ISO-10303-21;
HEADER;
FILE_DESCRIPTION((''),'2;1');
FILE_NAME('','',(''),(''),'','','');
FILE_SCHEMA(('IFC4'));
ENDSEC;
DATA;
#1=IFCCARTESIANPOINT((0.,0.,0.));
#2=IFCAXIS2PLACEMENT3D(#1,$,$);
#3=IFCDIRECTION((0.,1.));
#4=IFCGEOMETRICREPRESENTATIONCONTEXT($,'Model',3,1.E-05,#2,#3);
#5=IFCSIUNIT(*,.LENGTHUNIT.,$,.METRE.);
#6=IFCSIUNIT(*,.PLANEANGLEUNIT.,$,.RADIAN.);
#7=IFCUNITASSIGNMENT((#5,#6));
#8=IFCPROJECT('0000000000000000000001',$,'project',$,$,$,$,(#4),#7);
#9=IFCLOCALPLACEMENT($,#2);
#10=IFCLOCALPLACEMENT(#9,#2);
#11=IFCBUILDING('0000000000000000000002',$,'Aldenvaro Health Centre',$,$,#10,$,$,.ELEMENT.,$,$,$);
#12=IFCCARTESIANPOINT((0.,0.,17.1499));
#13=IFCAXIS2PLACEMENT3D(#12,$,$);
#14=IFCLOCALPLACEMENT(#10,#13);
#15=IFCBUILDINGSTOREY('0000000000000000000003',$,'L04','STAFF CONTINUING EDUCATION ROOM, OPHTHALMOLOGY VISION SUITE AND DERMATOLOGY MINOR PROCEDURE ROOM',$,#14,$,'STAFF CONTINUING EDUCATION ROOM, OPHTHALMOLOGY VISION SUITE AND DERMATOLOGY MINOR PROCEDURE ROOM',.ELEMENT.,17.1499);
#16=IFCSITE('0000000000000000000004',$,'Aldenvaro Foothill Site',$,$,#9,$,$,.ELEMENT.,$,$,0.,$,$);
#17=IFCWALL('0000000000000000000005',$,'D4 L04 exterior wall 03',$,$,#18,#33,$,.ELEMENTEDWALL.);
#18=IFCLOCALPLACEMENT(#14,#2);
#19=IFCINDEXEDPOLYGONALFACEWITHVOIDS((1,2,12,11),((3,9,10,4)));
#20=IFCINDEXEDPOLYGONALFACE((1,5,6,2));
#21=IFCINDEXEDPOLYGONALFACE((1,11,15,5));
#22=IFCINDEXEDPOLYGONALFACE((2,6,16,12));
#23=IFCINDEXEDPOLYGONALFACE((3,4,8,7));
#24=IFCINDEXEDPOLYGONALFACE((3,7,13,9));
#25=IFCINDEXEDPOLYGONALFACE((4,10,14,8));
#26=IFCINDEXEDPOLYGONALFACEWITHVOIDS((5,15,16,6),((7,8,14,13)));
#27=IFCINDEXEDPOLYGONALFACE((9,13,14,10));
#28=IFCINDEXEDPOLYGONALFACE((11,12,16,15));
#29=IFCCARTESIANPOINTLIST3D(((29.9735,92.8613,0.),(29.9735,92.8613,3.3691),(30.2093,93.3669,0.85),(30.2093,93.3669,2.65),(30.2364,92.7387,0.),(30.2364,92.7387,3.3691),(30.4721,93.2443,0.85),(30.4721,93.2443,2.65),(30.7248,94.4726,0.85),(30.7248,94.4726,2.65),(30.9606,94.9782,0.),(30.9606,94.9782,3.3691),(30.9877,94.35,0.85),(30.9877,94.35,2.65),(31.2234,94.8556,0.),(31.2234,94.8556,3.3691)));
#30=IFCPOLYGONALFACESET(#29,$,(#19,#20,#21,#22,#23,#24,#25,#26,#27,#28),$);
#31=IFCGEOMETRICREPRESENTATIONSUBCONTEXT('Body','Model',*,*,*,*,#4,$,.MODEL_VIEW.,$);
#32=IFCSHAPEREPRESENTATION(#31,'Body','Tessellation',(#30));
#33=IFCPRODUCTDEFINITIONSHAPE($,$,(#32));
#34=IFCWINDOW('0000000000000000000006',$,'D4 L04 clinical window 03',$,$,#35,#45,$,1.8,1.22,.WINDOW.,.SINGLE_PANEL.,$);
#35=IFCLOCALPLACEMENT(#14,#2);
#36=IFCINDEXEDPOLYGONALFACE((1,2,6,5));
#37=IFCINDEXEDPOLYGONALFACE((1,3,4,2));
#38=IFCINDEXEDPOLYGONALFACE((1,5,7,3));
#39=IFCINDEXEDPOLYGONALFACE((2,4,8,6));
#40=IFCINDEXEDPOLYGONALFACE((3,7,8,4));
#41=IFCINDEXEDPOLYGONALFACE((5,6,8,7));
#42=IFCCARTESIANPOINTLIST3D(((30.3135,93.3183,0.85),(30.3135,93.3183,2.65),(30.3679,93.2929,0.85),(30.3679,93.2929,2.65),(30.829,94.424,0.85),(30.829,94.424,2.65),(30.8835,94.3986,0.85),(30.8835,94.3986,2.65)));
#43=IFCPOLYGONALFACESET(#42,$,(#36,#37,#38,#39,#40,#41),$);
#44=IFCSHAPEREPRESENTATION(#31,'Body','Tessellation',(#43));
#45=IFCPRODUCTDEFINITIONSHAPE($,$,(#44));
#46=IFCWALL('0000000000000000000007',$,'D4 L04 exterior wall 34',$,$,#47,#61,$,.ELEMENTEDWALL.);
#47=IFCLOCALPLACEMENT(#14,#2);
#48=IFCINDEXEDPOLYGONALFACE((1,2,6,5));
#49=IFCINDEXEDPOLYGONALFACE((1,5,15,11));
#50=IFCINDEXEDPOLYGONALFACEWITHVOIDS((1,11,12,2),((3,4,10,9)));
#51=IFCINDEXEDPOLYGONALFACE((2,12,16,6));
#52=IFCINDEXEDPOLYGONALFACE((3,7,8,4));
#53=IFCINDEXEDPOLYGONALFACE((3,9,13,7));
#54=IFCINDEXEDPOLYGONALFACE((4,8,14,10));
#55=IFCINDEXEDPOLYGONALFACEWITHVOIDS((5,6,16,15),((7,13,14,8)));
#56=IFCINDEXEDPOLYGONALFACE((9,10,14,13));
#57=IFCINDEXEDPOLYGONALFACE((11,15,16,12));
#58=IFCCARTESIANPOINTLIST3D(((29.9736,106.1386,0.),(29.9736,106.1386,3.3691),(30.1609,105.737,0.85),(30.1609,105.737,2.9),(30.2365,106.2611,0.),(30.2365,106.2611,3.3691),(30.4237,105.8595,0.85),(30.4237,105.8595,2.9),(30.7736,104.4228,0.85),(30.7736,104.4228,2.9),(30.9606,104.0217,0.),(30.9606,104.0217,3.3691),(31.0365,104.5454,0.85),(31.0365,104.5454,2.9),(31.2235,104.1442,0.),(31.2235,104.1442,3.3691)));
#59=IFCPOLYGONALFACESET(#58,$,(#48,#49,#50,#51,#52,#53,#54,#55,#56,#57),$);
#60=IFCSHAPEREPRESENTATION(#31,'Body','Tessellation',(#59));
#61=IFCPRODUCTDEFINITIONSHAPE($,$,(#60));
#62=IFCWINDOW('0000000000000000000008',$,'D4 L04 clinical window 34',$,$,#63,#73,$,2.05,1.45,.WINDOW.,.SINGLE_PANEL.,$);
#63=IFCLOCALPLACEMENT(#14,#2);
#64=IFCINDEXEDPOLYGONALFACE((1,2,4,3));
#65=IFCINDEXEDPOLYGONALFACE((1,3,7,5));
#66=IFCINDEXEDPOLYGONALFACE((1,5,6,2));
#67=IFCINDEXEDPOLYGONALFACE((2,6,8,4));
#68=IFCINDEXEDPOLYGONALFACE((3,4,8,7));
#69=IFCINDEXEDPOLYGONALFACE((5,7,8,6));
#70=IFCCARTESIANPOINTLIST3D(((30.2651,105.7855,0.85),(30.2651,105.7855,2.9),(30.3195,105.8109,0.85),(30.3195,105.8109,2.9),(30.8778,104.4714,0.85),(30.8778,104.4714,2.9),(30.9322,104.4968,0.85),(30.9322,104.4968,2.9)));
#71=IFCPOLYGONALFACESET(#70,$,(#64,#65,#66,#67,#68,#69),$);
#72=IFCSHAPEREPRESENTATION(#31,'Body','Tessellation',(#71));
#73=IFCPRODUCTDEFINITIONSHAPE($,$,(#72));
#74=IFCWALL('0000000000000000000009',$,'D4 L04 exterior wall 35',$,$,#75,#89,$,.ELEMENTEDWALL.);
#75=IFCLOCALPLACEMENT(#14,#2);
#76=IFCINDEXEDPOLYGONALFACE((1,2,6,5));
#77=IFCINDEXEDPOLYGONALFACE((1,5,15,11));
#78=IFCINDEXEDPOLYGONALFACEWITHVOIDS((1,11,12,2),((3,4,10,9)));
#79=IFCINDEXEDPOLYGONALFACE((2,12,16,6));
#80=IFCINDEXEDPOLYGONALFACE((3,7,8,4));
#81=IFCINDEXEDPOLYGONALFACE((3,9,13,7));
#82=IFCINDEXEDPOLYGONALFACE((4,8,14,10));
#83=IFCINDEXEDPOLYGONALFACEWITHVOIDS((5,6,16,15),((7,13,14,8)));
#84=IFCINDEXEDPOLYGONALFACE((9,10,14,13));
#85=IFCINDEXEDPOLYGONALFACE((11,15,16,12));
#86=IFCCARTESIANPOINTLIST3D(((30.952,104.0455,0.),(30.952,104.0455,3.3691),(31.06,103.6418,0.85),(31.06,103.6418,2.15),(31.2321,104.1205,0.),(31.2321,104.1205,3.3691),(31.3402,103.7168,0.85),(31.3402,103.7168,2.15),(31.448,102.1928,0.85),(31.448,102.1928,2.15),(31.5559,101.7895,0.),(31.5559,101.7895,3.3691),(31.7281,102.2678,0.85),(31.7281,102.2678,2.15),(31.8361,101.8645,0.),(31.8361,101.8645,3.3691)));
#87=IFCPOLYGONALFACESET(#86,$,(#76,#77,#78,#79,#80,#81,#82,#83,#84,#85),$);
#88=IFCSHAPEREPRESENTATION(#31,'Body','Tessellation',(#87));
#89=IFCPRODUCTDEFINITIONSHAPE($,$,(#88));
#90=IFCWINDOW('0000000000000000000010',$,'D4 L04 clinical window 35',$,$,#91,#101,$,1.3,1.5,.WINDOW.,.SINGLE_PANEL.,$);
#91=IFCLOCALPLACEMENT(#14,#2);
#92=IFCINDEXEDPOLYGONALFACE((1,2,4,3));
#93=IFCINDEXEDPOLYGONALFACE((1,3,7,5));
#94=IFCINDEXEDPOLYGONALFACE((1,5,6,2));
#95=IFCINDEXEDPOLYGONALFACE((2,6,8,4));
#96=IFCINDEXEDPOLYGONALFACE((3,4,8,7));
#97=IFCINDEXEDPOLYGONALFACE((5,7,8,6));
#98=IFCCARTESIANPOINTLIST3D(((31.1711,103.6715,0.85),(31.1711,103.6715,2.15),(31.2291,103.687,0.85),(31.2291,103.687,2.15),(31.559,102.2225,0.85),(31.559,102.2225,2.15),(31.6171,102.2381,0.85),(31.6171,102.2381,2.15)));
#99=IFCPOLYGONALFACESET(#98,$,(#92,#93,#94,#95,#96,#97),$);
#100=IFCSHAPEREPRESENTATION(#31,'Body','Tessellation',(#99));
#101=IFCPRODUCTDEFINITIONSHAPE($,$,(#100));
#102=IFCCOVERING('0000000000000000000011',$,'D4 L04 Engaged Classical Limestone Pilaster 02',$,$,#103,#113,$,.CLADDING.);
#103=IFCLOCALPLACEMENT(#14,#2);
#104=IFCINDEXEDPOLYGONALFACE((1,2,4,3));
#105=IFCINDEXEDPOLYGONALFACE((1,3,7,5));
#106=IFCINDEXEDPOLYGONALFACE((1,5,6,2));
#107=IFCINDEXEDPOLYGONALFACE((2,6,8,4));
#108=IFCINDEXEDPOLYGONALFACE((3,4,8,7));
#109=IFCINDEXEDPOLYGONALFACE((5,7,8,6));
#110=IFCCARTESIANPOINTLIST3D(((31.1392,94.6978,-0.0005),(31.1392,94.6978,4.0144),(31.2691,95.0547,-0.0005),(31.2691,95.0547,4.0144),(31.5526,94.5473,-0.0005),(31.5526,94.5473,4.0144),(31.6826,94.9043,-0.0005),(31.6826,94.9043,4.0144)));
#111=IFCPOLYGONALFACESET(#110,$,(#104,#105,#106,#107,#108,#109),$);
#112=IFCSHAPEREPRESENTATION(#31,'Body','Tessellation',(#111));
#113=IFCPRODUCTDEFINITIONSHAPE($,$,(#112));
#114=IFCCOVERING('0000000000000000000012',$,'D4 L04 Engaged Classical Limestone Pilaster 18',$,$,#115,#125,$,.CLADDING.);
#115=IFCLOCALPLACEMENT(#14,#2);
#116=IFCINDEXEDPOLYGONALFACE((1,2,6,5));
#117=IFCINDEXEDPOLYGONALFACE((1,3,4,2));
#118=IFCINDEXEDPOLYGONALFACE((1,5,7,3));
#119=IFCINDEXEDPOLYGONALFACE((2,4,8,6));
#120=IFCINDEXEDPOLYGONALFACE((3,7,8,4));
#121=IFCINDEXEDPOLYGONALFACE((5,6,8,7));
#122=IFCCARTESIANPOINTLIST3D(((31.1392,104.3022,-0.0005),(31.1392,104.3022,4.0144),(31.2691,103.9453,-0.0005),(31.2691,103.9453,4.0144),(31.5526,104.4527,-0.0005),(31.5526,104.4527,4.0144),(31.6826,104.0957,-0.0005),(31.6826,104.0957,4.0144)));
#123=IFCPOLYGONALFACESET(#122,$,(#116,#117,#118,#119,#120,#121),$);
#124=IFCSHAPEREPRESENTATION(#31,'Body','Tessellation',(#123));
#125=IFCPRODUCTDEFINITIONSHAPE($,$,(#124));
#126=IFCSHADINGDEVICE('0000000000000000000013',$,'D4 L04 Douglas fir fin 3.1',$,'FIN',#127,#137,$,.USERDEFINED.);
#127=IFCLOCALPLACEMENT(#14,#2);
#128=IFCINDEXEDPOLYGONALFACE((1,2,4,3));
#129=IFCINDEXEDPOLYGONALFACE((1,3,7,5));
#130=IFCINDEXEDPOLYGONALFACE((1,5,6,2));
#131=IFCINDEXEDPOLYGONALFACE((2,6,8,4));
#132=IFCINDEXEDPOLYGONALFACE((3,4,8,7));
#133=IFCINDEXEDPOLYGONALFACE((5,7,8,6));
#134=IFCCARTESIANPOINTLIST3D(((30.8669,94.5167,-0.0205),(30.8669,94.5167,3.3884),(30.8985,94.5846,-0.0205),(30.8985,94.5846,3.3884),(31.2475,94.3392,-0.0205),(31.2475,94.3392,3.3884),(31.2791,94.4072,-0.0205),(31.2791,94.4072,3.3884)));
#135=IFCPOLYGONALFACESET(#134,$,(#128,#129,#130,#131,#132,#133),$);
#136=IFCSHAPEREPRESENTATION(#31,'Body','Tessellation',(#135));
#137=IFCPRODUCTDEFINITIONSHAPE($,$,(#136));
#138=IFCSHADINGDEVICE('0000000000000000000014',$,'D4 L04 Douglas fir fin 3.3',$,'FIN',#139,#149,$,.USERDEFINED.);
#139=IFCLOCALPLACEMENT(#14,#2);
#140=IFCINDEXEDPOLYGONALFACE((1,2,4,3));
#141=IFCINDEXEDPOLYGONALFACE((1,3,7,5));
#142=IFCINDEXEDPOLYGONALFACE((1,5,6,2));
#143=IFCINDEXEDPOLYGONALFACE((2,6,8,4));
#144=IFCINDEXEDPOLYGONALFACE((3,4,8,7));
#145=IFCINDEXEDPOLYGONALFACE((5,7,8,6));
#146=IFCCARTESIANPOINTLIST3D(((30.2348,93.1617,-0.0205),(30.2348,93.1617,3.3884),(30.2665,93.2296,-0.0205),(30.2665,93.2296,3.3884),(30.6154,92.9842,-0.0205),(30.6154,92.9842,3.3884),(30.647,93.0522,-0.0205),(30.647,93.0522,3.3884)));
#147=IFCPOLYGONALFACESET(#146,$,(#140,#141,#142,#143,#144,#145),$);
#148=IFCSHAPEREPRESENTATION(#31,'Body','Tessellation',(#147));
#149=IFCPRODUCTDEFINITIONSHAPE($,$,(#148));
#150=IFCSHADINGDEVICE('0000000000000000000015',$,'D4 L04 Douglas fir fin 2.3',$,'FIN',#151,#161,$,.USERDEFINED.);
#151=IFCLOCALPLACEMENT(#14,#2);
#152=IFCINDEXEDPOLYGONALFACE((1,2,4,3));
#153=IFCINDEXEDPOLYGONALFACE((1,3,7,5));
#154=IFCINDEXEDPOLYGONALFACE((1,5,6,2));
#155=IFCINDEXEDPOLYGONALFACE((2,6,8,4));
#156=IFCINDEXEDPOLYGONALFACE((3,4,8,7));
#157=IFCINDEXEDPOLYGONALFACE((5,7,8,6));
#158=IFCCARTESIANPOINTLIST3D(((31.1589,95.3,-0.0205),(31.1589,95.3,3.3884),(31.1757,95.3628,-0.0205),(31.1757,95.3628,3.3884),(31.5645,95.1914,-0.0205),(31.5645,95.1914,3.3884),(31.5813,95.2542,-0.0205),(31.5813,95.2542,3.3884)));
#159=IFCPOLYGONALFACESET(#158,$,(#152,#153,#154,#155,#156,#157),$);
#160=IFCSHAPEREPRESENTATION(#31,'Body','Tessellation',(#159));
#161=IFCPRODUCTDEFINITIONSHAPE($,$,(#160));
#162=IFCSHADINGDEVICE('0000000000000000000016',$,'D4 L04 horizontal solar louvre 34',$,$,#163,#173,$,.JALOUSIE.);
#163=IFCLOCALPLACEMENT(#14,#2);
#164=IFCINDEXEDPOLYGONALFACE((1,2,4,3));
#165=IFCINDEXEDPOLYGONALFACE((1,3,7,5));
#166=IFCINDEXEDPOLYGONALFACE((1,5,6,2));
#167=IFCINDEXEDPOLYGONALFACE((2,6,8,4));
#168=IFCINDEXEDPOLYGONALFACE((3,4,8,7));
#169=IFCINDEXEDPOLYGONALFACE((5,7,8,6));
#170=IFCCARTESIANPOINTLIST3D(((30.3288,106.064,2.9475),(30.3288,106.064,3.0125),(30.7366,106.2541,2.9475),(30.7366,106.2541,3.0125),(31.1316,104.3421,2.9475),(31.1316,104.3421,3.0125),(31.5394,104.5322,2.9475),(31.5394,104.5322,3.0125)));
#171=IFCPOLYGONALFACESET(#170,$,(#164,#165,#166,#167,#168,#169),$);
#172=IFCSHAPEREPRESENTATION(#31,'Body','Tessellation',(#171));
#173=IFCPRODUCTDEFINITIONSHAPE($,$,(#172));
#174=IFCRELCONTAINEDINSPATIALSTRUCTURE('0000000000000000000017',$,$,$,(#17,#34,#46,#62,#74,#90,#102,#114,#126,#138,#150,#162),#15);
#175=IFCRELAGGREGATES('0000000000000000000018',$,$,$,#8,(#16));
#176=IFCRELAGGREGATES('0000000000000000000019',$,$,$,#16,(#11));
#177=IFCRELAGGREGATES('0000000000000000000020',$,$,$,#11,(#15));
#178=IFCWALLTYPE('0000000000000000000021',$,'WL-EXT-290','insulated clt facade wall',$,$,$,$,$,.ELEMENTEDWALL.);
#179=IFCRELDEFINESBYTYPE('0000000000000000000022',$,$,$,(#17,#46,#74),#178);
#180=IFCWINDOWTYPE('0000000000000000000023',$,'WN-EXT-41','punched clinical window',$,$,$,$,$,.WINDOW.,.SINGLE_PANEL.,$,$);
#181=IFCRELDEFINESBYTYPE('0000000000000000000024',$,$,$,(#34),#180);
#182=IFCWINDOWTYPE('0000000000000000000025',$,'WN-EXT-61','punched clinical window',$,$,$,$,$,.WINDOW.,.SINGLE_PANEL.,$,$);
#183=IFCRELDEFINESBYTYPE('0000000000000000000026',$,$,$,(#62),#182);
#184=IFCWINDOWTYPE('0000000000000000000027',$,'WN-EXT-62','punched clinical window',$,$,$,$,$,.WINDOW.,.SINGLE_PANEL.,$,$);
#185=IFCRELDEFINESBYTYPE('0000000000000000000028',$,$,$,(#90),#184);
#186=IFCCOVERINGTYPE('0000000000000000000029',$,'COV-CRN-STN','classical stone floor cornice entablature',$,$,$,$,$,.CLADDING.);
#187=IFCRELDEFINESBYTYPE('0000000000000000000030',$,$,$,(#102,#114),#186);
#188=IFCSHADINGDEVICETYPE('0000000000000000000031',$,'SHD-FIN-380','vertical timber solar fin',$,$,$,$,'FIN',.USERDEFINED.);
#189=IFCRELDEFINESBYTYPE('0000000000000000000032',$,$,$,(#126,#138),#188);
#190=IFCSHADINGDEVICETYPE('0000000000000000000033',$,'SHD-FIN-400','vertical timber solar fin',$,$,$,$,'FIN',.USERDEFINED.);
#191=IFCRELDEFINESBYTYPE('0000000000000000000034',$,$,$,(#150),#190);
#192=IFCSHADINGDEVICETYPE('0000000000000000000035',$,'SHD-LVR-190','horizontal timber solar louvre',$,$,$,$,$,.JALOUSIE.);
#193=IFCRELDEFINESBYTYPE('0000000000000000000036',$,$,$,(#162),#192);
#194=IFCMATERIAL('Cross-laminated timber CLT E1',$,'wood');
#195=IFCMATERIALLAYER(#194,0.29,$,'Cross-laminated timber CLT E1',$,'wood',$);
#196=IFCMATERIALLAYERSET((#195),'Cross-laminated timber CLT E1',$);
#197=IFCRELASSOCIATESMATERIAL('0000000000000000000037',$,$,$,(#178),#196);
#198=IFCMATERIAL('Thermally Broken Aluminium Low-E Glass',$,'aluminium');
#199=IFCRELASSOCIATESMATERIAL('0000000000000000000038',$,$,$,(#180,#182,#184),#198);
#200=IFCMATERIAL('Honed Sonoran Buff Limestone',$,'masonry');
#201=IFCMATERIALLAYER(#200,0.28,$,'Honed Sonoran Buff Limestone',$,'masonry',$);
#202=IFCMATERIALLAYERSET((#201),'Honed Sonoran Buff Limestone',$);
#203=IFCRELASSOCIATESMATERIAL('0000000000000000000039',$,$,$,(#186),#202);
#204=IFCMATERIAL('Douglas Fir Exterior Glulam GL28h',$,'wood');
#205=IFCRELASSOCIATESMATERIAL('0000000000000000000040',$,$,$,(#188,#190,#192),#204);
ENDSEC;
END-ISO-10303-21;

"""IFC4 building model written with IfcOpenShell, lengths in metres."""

from ifc_helpers import new_model, si_unit, direction, frame, frame_2d, origin, origin_2d, place, context, subcontext, project, spatial, rectangle, extrude, material, layer, layer_set, type_object, element, fill, save


model = new_model("IFC4")

# Units and contexts
model_context = context("Model", 3, precision=1e-05, world=origin(), true_north=direction((0.0, 1.0)))
body_context = subcontext(model_context, "Body", "Model", "MODEL_VIEW")
ifc_project = project(units=[si_unit("LENGTHUNIT", "METRE"), si_unit("PLANEANGLEUNIT", "RADIAN")], contexts=[model_context])

# Site, building, storey
site_placement = place(None, origin())
site = spatial("IfcSite", under=ifc_project, at=site_placement, Name="Aldenvaro Foothill Site", CompositionType="ELEMENT", RefElevation=0.0)
building_placement = place(site_placement, origin())
building = spatial("IfcBuilding", under=site, at=building_placement, Name="Aldenvaro Health Centre", CompositionType="ELEMENT")
storey_placement = place(building_placement, frame((0.0, 0.0, 17.1499)))
storey = spatial("IfcBuildingStorey", under=building, at=storey_placement, Name="L04", Description="STAFF CONTINUING EDUCATION ROOM, OPHTHALMOLOGY VISION SUITE AND DERMATOLOGY MINOR PROCEDURE ROOM", LongName="STAFF CONTINUING EDUCATION ROOM, OPHTHALMOLOGY VISION SUITE AND DERMATOLOGY MINOR PROCEDURE ROOM", CompositionType="ELEMENT", Elevation=17.1499)

# Walls, openings, windows
ifc_material_1 = material(Name="Cross-laminated timber CLT E1", Category="wood")
ifc_layer_1 = layer(ifc_material_1, 0.29, Name="Cross-laminated timber CLT E1", Category="wood")
ifc_layer_set_1 = layer_set([ifc_layer_1], Name="Cross-laminated timber CLT E1")
wall_type = type_object("IfcWallType", Name="WL-EXT-290", Description="insulated clt facade wall", PredefinedType="ELEMENTEDWALL", material=ifc_layer_set_1)
ifc_material_2 = material(Name="Thermally Broken Aluminium Low-E Glass", Category="aluminium")
wall_1_placement = place(storey_placement, frame((31.092, 94.917, 0.0), z_axis=(0.0, 0.0, 1.0), x_axis=(-0.422588, -0.906322, 0.0)))
wall_1 = element("IfcWall", 1, at=wall_1_placement, inside=storey, type_object=wall_type, Name="D4 L04 exterior wall 03", PredefinedType="ELEMENTEDWALL", context=body_context, shape_type="SweptSolid", body=[
    extrude(rectangle(XDim=2.3357, YDim=0.29, at=frame_2d((1.168, 0.0))), origin(), (0.0, 0.0, 1.0), 3.3691),
])
opening_1_placement = place(wall_1_placement, frame((0.5581, 0.0, 0.8501)))
opening_1 = element("IfcOpeningElement", 2, at=opening_1_placement, cuts=wall_1, PredefinedType="OPENING", context=body_context, shape_type="SweptSolid", body=[
    extrude(rectangle(XDim=1.22, YDim=1.8, at=frame_2d((0.6099, 0.8999))), frame((0.0, 0.155, 0.0), z_axis=(0.0, -1.0, 0.0), x_axis=(1.0, 0.0, 0.0)), (0.0, 0.0, 1.0), 0.3101),
])
window_type_1 = type_object("IfcWindowType", Name="WN-EXT-41", Description="punched clinical window", PartitioningType="SINGLE_PANEL", PredefinedType="WINDOW", material=ifc_material_2)
window_1_placement = place(opening_1_placement, origin())
window_1 = element("IfcWindow", 3, at=window_1_placement, inside=storey, type_object=window_type_1, Name="D4 L04 clinical window 03", OverallHeight=1.8, OverallWidth=1.22, PartitioningType="SINGLE_PANEL", PredefinedType="WINDOW", context=body_context, shape_type="SweptSolid", body=[
    extrude(rectangle(XDim=1.22, YDim=1.8, at=frame_2d((0.6099, 0.8999))), frame((0.0, 0.03, 0.0), z_axis=(0.0, -1.0, 0.0), x_axis=(1.0, 0.0, 0.0)), (0.0, 0.0, 1.0), 0.0601),
])
fill(opening_1, window_1)
wall_2_placement = place(storey_placement, frame((30.105, 106.2, 0.0), z_axis=(0.0, 0.0, 1.0), x_axis=(0.422588, -0.906322, 0.0)))
wall_2 = element("IfcWall", 4, at=wall_2_placement, inside=storey, type_object=wall_type, Name="D4 L04 exterior wall 34", PredefinedType="ELEMENTEDWALL", context=body_context, shape_type="SweptSolid", body=[
    extrude(rectangle(XDim=2.3357, YDim=0.29, at=frame_2d((1.168, 0.0))), origin(), (0.0, 0.0, 1.0), 3.3691),
])
opening_2_placement = place(wall_2_placement, frame((0.4431, 0.0, 0.8501)))
opening_2 = element("IfcOpeningElement", 5, at=opening_2_placement, cuts=wall_2, PredefinedType="OPENING", context=body_context, shape_type="SweptSolid", body=[
    extrude(rectangle(XDim=1.45, YDim=2.05, at=frame_2d((0.7251, 1.0249))), frame((0.0, 0.155, 0.0), z_axis=(0.0, -1.0, 0.0), x_axis=(1.0, 0.0, 0.0)), (0.0, 0.0, 1.0), 0.3101),
])
window_type_2 = type_object("IfcWindowType", Name="WN-EXT-61", Description="punched clinical window", PartitioningType="SINGLE_PANEL", PredefinedType="WINDOW", material=ifc_material_2)
window_2_placement = place(opening_2_placement, origin())
window_2 = element("IfcWindow", 6, at=window_2_placement, inside=storey, type_object=window_type_2, Name="D4 L04 clinical window 34", OverallHeight=2.05, OverallWidth=1.45, PartitioningType="SINGLE_PANEL", PredefinedType="WINDOW", context=body_context, shape_type="SweptSolid", body=[
    extrude(rectangle(XDim=1.45, YDim=2.05, at=frame_2d((0.7251, 1.0249))), frame((0.0, 0.03, 0.0), z_axis=(0.0, -1.0, 0.0), x_axis=(1.0, 0.0, 0.0)), (0.0, 0.0, 1.0), 0.0601),
])
fill(opening_2, window_2)
wall_3_placement = place(storey_placement, frame((31.092, 104.083, 0.0), z_axis=(0.0, 0.0, 1.0), x_axis=(0.258612, -0.965981, 0.0)))
wall_3 = element("IfcWall", 7, at=wall_3_placement, inside=storey, type_object=wall_type, Name="D4 L04 exterior wall 35", PredefinedType="ELEMENTEDWALL", context=body_context, shape_type="SweptSolid", body=[
    extrude(rectangle(XDim=2.3354, YDim=0.29, at=frame_2d((1.1677, 0.0))), origin(), (0.0, 0.0, 1.0), 3.3691),
])
opening_3_placement = place(wall_3_placement, frame((0.418, 0.0, 0.8501)))
opening_3 = element("IfcOpeningElement", 8, at=opening_3_placement, cuts=wall_3, PredefinedType="OPENING", context=body_context, shape_type="SweptSolid", body=[
    extrude(rectangle(XDim=1.5, YDim=1.3, at=frame_2d((0.75, 0.6499))), frame((0.0, 0.155, 0.0), z_axis=(0.0, -1.0, 0.0), x_axis=(1.0, 0.0, 0.0)), (0.0, 0.0, 1.0), 0.3101),
])
window_type_3 = type_object("IfcWindowType", Name="WN-EXT-62", Description="punched clinical window", PartitioningType="SINGLE_PANEL", PredefinedType="WINDOW", material=ifc_material_2)
window_3_placement = place(opening_3_placement, origin())
window_3 = element("IfcWindow", 9, at=window_3_placement, inside=storey, type_object=window_type_3, Name="D4 L04 clinical window 35", OverallHeight=1.3, OverallWidth=1.5, PartitioningType="SINGLE_PANEL", PredefinedType="WINDOW", context=body_context, shape_type="SweptSolid", body=[
    extrude(rectangle(XDim=1.5, YDim=1.3, at=frame_2d((0.75, 0.6499))), frame((0.0, 0.03, 0.0), z_axis=(0.0, -1.0, 0.0), x_axis=(1.0, 0.0, 0.0)), (0.0, 0.0, 1.0), 0.0601),
])
fill(opening_3, window_3)

# Coverings
ifc_material_3 = material(Name="Honed Sonoran Buff Limestone", Category="masonry")
ifc_layer_2 = layer(ifc_material_3, 0.28, Name="Honed Sonoran Buff Limestone", Category="masonry")
ifc_layer_set_2 = layer_set([ifc_layer_2], Name="Honed Sonoran Buff Limestone")
covering_type = type_object("IfcCoveringType", Name="COV-CRN-STN", Description="classical stone floor cornice entablature", PredefinedType="CLADDING", material=ifc_layer_set_2)
for number, where, z_axis, x_axis, name in (
    (10, (31.4109, 94.801, -0.0005), (0.0, 0.0, 1.0), (0.939695, -0.342013, 0.0), "D4 L04 Engaged Classical Limestone Pilaster 02"),
    (11, (31.4109, 104.199, -0.0005), (0.0, 0.0, 1.0), (0.939695, 0.342013, 0.0), "D4 L04 Engaged Classical Limestone Pilaster 18"),
):
    element("IfcCovering", number, at=place(storey_placement, frame(where, z_axis=z_axis, x_axis=x_axis)), inside=storey, type_object=covering_type, Name=name, PredefinedType="CLADDING", context=body_context, shape_type="SweptSolid", body=[
        extrude(rectangle(XDim=0.4399, YDim=0.3799, at=origin_2d()), origin(), (0.0, 0.0, 1.0), 4.0149),
    ])

# Shading devices
ifc_material_4 = material(Name="Douglas Fir Exterior Glulam GL28h", Category="wood")
shading_device_type_1 = type_object("IfcShadingDeviceType", Name="SHD-FIN-380", Description="vertical timber solar fin", ElementType="FIN", PredefinedType="USERDEFINED", material=ifc_material_4)
for number, where, z_axis, x_axis, name in (
    (12, (31.073, 94.4619, -0.0205), (0.0, 0.0, 1.0), (-0.422557, -0.906336, 0.0), "D4 L04 Douglas fir fin 3.1"),
    (13, (30.4409, 93.1069, -0.0205), (0.0, 0.0, 1.0), (-0.422557, -0.906336, 0.0), "D4 L04 Douglas fir fin 3.3"),
):
    element("IfcShadingDevice", number, at=place(storey_placement, frame(where, z_axis=z_axis, x_axis=x_axis)), inside=storey, type_object=shading_device_type_1, Name=name, ObjectType="FIN", PredefinedType="USERDEFINED", context=body_context, shape_type="SweptSolid", body=[
        extrude(rectangle(XDim=0.075, YDim=0.4199, at=origin_2d()), origin(), (0.0, 0.0, 1.0), 3.4089),
    ])
shading_device_type_2 = type_object("IfcShadingDeviceType", Name="SHD-FIN-400", Description="vertical timber solar fin", ElementType="FIN", PredefinedType="USERDEFINED", material=ifc_material_4)
shading_device_1_placement = place(storey_placement, frame((31.3701, 95.2771, -0.0205), z_axis=(0.0, 0.0, 1.0), x_axis=(-0.258622, -0.965979, 0.0)))
element("IfcShadingDevice", 14, at=shading_device_1_placement, inside=storey, type_object=shading_device_type_2, Name="D4 L04 Douglas fir fin 2.3", ObjectType="FIN", PredefinedType="USERDEFINED", context=body_context, shape_type="SweptSolid", body=[
    extrude(rectangle(XDim=0.0649, YDim=0.4199, at=origin_2d()), origin(), (0.0, 0.0, 1.0), 3.4089),
])
shading_device_type_3 = type_object("IfcShadingDeviceType", Name="SHD-LVR-190", Description="horizontal timber solar louvre", PredefinedType="JALOUSIE", material=ifc_material_4)
shading_device_2_placement = place(storey_placement, frame((30.9341, 105.2981, 2.9475), z_axis=(0.0, 0.0, 1.0), x_axis=(0.422557, -0.906336, 0.0)))
element("IfcShadingDevice", 15, at=shading_device_2_placement, inside=storey, type_object=shading_device_type_3, Name="D4 L04 horizontal solar louvre 34", PredefinedType="JALOUSIE", context=body_context, shape_type="SweptSolid", body=[
    extrude(rectangle(XDim=1.8999, YDim=0.45, at=origin_2d()), origin(), (0.0, 0.0, 1.0), 0.0649),
])

save(model, "model.ifc")
